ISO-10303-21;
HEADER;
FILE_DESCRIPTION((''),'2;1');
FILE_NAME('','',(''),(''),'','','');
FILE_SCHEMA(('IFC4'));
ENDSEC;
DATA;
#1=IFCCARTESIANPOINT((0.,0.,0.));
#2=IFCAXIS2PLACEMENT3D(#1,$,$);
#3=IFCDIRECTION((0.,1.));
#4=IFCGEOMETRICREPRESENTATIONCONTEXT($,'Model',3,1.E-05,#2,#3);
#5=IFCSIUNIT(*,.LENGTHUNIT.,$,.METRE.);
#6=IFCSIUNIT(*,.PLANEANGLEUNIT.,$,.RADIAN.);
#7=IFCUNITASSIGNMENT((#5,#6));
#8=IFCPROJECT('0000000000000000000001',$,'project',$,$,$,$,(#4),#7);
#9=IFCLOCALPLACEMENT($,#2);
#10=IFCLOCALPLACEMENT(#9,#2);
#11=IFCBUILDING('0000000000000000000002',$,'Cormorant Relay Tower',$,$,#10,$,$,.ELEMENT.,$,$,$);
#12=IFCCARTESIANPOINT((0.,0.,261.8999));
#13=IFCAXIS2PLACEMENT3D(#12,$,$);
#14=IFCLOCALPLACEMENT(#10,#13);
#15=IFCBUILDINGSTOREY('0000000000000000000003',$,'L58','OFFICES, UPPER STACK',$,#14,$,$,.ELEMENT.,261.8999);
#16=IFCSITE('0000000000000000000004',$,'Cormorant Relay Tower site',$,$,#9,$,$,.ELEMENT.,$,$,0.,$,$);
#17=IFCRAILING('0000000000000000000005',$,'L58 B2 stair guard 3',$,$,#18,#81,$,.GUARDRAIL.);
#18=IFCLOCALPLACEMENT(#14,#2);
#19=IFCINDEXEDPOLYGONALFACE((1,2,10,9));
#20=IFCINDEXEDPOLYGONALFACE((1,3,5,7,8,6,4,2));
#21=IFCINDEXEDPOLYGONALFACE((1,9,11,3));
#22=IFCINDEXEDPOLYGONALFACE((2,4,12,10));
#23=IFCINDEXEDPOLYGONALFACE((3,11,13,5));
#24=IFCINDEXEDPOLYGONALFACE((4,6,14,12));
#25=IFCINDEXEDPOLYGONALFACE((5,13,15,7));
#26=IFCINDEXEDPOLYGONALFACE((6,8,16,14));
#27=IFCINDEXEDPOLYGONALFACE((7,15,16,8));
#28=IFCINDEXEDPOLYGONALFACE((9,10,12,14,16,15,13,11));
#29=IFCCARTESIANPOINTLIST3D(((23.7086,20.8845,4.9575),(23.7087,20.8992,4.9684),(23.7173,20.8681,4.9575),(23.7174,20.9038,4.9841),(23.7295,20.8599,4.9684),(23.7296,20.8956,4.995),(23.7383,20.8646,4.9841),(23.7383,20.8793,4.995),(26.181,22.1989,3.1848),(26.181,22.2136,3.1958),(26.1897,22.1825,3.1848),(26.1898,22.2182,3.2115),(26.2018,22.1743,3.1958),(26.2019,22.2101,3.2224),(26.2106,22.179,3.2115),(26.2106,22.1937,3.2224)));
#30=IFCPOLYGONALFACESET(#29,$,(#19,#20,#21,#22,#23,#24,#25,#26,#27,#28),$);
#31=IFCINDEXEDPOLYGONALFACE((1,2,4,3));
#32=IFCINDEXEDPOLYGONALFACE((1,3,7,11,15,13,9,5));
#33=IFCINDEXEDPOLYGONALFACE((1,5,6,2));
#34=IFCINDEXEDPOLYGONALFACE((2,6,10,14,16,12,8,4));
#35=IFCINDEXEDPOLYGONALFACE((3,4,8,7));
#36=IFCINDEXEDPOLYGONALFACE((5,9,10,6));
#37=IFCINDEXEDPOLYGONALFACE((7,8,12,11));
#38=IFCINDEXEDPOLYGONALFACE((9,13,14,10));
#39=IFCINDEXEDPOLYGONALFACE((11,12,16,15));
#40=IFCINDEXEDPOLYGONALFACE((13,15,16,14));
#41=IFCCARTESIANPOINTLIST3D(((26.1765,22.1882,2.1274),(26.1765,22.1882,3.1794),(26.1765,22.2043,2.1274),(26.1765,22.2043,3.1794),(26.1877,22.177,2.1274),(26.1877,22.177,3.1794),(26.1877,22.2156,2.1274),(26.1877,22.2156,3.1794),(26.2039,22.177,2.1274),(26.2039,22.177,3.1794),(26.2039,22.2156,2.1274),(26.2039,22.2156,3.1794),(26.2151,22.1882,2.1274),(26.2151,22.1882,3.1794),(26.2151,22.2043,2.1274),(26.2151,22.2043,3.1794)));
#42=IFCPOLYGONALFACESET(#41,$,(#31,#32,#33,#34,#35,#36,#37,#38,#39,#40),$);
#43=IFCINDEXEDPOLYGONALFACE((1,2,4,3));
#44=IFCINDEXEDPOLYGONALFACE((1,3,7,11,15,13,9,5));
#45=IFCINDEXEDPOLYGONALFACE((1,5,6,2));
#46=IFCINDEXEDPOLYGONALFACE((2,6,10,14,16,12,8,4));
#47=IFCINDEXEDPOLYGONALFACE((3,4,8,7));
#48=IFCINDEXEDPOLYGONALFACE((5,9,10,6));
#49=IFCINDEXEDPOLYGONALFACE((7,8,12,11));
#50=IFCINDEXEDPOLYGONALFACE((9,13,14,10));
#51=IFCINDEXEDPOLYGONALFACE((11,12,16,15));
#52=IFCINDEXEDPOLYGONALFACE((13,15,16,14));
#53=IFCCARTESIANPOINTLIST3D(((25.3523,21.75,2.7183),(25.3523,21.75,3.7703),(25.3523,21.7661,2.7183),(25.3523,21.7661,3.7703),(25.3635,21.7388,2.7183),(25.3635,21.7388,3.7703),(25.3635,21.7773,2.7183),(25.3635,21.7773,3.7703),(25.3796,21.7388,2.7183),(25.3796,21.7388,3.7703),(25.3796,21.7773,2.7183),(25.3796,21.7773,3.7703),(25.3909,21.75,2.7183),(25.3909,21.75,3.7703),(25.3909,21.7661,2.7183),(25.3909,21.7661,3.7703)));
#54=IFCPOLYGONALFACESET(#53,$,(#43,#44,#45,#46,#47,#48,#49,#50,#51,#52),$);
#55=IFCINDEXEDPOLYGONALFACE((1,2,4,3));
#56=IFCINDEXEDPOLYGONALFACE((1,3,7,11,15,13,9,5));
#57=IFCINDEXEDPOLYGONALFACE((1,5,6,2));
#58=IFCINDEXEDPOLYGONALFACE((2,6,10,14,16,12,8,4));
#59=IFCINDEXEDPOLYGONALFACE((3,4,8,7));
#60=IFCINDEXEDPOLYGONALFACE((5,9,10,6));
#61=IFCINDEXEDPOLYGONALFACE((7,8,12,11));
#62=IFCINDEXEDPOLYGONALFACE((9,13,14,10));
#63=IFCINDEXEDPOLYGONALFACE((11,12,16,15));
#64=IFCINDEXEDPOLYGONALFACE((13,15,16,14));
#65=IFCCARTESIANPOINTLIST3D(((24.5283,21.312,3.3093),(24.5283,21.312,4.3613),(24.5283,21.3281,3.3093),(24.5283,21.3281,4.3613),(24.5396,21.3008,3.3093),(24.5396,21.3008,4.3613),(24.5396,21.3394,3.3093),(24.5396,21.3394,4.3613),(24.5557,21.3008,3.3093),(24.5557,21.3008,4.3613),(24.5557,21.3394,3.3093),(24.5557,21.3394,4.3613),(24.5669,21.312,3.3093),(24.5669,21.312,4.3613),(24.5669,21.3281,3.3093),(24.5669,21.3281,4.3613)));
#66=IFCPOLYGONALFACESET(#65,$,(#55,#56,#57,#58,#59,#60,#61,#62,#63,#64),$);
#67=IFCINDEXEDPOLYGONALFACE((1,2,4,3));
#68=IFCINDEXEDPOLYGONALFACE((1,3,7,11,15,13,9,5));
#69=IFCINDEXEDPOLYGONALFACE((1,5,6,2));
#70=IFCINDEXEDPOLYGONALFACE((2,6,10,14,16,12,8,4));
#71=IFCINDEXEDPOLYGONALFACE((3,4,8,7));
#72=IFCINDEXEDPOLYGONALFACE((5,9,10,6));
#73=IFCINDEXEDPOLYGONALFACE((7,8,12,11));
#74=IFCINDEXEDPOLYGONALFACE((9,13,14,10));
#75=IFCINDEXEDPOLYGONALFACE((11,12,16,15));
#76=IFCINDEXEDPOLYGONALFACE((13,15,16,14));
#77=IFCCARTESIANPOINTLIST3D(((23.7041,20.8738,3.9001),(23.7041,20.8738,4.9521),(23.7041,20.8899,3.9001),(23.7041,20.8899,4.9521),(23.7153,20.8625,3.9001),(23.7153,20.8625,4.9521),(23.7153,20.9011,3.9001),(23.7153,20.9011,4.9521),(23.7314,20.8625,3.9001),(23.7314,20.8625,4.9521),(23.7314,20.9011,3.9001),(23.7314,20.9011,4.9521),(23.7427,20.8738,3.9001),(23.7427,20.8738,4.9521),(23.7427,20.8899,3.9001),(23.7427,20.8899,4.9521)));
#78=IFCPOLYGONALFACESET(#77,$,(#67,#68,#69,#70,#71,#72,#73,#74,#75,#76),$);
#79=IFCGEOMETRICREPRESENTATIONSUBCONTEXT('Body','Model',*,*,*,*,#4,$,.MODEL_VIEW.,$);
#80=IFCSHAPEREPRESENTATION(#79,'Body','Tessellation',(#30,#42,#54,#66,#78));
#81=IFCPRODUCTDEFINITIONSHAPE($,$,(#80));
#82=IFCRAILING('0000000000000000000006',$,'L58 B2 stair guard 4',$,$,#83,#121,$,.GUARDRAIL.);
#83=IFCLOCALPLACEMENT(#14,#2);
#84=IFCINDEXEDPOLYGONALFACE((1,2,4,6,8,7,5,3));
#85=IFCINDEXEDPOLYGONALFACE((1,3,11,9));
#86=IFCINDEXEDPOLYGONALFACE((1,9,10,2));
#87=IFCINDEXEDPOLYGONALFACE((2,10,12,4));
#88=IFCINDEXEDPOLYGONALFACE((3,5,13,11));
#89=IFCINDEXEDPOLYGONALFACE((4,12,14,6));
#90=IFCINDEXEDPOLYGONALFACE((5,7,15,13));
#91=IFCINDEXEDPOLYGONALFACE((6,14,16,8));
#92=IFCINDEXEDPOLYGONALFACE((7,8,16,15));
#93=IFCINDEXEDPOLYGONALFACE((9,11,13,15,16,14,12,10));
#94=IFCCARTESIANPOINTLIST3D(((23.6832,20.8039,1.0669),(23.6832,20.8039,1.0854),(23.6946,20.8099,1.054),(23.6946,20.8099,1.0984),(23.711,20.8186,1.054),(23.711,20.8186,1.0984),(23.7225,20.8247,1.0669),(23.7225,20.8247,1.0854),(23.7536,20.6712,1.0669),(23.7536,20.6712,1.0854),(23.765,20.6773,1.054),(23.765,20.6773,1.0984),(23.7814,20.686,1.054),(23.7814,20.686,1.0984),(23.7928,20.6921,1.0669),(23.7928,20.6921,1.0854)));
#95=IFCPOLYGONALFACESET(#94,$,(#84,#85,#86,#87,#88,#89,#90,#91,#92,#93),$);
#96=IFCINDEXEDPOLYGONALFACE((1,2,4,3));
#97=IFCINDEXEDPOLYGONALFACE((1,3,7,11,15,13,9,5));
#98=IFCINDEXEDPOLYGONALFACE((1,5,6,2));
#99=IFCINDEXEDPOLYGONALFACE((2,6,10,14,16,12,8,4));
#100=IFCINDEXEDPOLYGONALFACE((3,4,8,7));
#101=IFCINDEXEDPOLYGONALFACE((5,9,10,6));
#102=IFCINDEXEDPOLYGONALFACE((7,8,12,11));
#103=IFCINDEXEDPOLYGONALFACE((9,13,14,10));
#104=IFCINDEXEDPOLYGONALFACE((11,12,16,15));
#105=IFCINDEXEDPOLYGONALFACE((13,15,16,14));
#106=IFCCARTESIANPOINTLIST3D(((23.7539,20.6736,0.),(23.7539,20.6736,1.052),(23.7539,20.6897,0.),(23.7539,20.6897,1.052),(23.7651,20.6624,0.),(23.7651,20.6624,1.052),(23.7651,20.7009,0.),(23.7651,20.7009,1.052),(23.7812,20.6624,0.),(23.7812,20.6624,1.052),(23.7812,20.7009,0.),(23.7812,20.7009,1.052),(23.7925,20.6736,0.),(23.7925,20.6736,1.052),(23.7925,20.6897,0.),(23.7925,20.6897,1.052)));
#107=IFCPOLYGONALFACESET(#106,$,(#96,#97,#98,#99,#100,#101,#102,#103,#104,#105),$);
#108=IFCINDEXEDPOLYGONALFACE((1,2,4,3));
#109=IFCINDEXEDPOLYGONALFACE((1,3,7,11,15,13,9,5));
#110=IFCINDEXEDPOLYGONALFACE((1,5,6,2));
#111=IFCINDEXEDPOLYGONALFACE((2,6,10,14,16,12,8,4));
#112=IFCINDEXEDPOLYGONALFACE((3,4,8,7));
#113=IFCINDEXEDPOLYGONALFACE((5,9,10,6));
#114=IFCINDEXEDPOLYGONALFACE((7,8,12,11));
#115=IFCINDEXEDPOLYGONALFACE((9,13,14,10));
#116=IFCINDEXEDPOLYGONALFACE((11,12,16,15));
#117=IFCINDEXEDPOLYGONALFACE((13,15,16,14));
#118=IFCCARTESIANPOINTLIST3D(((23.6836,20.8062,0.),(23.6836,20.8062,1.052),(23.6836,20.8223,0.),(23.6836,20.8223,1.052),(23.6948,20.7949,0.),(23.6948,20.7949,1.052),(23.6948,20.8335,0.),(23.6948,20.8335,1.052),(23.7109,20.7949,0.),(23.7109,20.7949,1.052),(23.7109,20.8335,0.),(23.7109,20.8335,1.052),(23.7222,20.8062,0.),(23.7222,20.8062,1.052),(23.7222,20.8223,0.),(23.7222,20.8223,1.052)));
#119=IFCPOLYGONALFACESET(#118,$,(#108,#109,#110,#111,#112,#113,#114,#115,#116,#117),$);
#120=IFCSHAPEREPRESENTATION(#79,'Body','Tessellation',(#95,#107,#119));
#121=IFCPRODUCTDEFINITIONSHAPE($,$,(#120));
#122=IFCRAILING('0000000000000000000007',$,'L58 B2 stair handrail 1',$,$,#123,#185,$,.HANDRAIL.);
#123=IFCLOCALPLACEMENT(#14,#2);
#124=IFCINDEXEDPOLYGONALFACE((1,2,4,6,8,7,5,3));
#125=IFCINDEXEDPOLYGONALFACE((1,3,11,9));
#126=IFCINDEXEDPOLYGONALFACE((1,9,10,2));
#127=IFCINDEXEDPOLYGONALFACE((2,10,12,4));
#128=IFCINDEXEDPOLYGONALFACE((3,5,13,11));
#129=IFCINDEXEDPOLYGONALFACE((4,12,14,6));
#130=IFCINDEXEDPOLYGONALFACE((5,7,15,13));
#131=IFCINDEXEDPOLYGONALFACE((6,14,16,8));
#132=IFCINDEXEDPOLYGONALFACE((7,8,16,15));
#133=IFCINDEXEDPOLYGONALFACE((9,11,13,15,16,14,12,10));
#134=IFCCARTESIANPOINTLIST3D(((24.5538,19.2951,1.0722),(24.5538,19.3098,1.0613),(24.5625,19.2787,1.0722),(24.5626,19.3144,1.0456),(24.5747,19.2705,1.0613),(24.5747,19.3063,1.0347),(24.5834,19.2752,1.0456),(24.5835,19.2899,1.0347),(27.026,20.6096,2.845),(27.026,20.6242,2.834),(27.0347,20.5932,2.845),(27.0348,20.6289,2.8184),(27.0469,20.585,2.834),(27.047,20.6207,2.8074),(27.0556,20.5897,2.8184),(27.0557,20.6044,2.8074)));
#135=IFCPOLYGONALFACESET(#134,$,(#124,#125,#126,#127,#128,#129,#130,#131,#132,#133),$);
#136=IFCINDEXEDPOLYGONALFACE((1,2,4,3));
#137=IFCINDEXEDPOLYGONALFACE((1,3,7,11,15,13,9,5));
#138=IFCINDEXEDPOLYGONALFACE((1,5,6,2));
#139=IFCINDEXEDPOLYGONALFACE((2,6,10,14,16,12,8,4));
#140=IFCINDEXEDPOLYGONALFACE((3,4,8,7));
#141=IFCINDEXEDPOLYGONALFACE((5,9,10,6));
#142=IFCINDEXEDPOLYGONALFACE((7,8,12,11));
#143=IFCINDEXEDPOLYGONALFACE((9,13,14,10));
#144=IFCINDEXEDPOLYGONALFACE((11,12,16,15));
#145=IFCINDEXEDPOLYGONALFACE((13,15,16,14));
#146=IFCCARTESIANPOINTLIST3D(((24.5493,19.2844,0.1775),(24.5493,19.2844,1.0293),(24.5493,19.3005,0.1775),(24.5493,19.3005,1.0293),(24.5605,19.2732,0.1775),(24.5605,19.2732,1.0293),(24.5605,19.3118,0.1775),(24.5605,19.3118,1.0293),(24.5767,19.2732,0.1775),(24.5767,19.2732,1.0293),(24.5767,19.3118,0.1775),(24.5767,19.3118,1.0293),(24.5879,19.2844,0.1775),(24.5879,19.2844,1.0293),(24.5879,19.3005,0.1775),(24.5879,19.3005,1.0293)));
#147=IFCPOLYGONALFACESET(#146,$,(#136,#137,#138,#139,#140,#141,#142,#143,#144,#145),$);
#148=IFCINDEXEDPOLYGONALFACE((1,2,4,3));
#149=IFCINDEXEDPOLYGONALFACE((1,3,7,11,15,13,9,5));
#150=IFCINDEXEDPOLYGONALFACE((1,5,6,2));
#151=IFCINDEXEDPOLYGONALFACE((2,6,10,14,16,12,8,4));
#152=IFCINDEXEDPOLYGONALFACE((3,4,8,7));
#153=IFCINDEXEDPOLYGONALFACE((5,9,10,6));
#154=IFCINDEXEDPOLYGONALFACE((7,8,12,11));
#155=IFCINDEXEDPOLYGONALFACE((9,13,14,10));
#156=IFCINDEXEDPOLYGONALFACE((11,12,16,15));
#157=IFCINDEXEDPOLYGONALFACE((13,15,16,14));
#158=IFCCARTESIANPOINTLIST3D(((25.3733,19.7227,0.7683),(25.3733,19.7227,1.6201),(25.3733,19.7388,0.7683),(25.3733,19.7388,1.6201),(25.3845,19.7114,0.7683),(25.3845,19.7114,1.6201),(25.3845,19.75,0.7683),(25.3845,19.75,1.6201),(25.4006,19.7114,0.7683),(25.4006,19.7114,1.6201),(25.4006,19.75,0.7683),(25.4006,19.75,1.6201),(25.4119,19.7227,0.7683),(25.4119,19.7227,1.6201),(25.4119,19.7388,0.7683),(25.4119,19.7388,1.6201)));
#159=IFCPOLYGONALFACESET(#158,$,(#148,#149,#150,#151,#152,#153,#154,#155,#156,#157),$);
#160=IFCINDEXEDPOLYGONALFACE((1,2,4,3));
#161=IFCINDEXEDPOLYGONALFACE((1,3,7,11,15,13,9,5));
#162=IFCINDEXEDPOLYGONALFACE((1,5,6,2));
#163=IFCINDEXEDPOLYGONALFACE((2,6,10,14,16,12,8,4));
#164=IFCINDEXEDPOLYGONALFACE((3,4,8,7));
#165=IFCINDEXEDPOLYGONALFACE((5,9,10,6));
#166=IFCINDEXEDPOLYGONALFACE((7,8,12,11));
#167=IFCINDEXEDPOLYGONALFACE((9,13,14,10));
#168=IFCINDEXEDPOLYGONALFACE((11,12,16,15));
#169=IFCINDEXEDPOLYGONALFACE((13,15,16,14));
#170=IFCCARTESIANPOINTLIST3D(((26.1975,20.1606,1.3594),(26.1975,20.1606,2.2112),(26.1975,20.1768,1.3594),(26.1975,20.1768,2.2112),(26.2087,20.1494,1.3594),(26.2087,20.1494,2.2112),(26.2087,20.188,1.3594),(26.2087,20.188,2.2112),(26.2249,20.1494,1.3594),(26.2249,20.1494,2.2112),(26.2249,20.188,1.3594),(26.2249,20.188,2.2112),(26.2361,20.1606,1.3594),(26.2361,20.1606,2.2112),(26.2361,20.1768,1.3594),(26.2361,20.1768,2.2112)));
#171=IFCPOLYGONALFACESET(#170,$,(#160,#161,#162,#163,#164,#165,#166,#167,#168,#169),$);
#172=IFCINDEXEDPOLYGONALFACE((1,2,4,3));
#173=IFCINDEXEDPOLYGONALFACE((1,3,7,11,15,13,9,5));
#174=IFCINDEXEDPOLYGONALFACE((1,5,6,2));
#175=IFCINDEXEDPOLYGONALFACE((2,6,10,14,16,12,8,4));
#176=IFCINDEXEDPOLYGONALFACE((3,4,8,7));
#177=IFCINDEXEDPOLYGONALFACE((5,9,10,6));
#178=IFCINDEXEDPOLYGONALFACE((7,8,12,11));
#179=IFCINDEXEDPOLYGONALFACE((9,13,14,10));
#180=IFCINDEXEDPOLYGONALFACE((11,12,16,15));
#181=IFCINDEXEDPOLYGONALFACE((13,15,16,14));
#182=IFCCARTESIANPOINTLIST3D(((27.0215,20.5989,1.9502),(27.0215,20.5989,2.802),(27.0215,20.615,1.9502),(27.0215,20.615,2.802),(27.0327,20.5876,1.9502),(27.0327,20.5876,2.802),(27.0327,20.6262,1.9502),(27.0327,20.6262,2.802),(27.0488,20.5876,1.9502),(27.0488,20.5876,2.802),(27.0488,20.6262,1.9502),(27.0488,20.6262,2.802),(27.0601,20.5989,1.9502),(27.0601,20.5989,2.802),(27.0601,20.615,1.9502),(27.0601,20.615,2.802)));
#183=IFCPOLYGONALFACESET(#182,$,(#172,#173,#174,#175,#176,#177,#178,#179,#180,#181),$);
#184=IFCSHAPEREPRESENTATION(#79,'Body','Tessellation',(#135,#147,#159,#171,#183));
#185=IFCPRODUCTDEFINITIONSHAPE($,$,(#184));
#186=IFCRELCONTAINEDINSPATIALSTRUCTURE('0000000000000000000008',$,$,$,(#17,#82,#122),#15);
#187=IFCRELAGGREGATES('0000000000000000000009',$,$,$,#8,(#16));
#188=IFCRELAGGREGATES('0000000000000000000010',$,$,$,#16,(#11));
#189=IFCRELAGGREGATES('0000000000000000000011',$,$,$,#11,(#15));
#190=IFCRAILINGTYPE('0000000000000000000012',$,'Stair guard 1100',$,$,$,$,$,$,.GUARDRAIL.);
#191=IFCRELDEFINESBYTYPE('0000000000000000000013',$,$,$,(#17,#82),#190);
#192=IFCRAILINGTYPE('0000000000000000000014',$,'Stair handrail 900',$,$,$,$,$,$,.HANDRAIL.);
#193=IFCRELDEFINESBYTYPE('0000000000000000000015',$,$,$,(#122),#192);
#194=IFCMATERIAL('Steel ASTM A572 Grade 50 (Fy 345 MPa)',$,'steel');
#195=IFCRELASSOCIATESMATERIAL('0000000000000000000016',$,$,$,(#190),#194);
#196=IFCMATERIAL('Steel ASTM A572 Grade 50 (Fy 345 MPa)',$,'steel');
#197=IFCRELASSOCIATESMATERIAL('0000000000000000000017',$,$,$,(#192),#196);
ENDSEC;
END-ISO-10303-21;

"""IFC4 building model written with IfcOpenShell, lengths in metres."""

from ifc_helpers import new_model, si_unit, direction, frame, origin, place, context, subcontext, project, spatial, polyline, outline, extrude, material, type_object, element, save


model = new_model("IFC4")

# Units and contexts
model_context = context("Model", 3, precision=1e-05, world=origin(), true_north=direction((0.0, 1.0)))
body_context = subcontext(model_context, "Body", "Model", "MODEL_VIEW")
ifc_project = project(units=[si_unit("LENGTHUNIT", "METRE"), si_unit("PLANEANGLEUNIT", "RADIAN")], contexts=[model_context])

# Site, building, storey
site_placement = place(None, origin())
site = spatial("IfcSite", under=ifc_project, at=site_placement, Name="Cormorant Relay Tower site", CompositionType="ELEMENT", RefElevation=0.0)
building_placement = place(site_placement, origin())
building = spatial("IfcBuilding", under=site, at=building_placement, Name="Cormorant Relay Tower", CompositionType="ELEMENT")
storey_placement = place(building_placement, frame((0.0, 0.0, 261.8999)))
storey = spatial("IfcBuildingStorey", under=building, at=storey_placement, Name="L58", Description="OFFICES, UPPER STACK", CompositionType="ELEMENT", Elevation=261.8999)

# Railings
ifc_material_1 = material(Name="Steel ASTM A572 Grade 50 (Fy 345 MPa)", Category="steel")
railing_type_1 = type_object("IfcRailingType", Name="Stair guard 1100", PredefinedType="GUARDRAIL", material=ifc_material_1)
railing_1_placement = place(storey_placement, frame((26.1958, 22.1963, 2.1274)))
element("IfcRailing", 1, at=railing_1_placement, inside=storey, type_object=railing_type_1, Name="L58 B2 stair guard 3", PredefinedType="GUARDRAIL", context=body_context, shape_type="SweptSolid", body=[
    extrude(outline(polyline([(0.0222, 0.0093), (0.0093, 0.0222), (-0.0093, 0.0222), (-0.0222, 0.0093), (-0.0222, -0.0093), (-0.0093, -0.0222), (0.0093, -0.0222), (0.0222, -0.0093), (0.0222, 0.0093)])), frame((0.0, 0.0, 1.0762), z_axis=(-0.746034, -0.396627, 0.534902), x_axis=(0.469429, -0.88297, 0.0)), (0.0, 0.0, 1.0), 3.314),
    extrude(outline(polyline([(0.0193, 0.0081), (0.0081, 0.0193), (-0.0081, 0.0193), (-0.0193, 0.0081), (-0.0193, -0.0081), (-0.0081, -0.0193), (0.0081, -0.0193), (0.0193, -0.0081), (0.0193, 0.0081)])), origin(), (0.0, 0.0, 1.0), 1.052),
    extrude(outline(polyline([(0.0193, 0.0081), (0.0081, 0.0193), (-0.0081, 0.0193), (-0.0193, 0.0081), (-0.0193, -0.0081), (-0.0081, -0.0193), (0.0081, -0.0193), (0.0193, -0.0081), (0.0193, 0.0081)])), frame((-0.8242, -0.4382, 0.5908)), (0.0, 0.0, 1.0), 1.052),
    extrude(outline(polyline([(0.0193, 0.0081), (0.0081, 0.0193), (-0.0081, 0.0193), (-0.0193, 0.0081), (-0.0193, -0.0081), (-0.0081, -0.0193), (0.0081, -0.0193), (0.0193, -0.0081), (0.0193, 0.0081)])), frame((-1.6482, -0.8762, 1.1819)), (0.0, 0.0, 1.0), 1.052),
    extrude(outline(polyline([(0.0193, 0.0081), (0.0081, 0.0193), (-0.0081, 0.0193), (-0.0193, 0.0081), (-0.0193, -0.0081), (-0.0081, -0.0193), (0.0081, -0.0193), (0.0193, -0.0081), (0.0193, 0.0081)])), frame((-2.4724, -1.3145, 1.7727)), (0.0, 0.0, 1.0), 1.052),
])
railing_2_placement = place(storey_placement, frame((23.7732, 20.6816, 0.0)))
element("IfcRailing", 2, at=railing_2_placement, inside=storey, type_object=railing_type_1, Name="L58 B2 stair guard 4", PredefinedType="GUARDRAIL", context=body_context, shape_type="SweptSolid", body=[
    extrude(outline(polyline([(0.0222, 0.0093), (0.0093, 0.0222), (-0.0093, 0.0222), (-0.0222, 0.0093), (-0.0222, -0.0093), (-0.0093, -0.0222), (0.0093, -0.0222), (0.0222, -0.0093), (0.0222, 0.0093)])), frame((0.0, 0.0, 1.0762), z_axis=(-0.46856, 0.883431, 0.0), x_axis=(-0.883431, -0.46856, 0.0)), (0.0, 0.0, 1.0), 0.1501),
    extrude(outline(polyline([(0.0193, 0.0081), (0.0081, 0.0193), (-0.0081, 0.0193), (-0.0193, 0.0081), (-0.0193, -0.0081), (-0.0081, -0.0193), (0.0081, -0.0193), (0.0193, -0.0081), (0.0193, 0.0081)])), origin(), (0.0, 0.0, 1.0), 1.052),
    extrude(outline(polyline([(0.0193, 0.0081), (0.0081, 0.0193), (-0.0081, 0.0193), (-0.0193, 0.0081), (-0.0193, -0.0081), (-0.0081, -0.0193), (0.0081, -0.0193), (0.0193, -0.0081), (0.0193, 0.0081)])), frame((-0.0703, 0.1326, 0.0)), (0.0, 0.0, 1.0), 1.052),
])
ifc_material_2 = material(Name="Steel ASTM A572 Grade 50 (Fy 345 MPa)", Category="steel")
railing_type_2 = type_object("IfcRailingType", Name="Stair handrail 900", PredefinedType="HANDRAIL", material=ifc_material_2)
railing_3_placement = place(storey_placement, frame((24.5686, 19.2925, 0.1775)))
element("IfcRailing", 3, at=railing_3_placement, inside=storey, type_object=railing_type_2, Name="L58 B2 stair handrail 1", PredefinedType="HANDRAIL", context=body_context, shape_type="SweptSolid", body=[
    extrude(outline(polyline([(0.0222, 0.0093), (0.0093, 0.0222), (-0.0093, 0.0222), (-0.0222, 0.0093), (-0.0222, -0.0093), (-0.0093, -0.0222), (0.0093, -0.0222), (0.0222, -0.0093), (0.0222, 0.0093)])), frame((0.0, 0.0, 0.876), z_axis=(0.746001, 0.396649, 0.534931), x_axis=(-0.469465, 0.882951, 0.0)), (0.0, 0.0, 1.0), 3.314),
    extrude(outline(polyline([(0.0193, 0.0081), (0.0081, 0.0193), (-0.0081, 0.0193), (-0.0193, 0.0081), (-0.0193, -0.0081), (-0.0081, -0.0193), (0.0081, -0.0193), (0.0193, -0.0081), (0.0193, 0.0081)])), origin(), (0.0, 0.0, 1.0), 0.8518),
    extrude(outline(polyline([(0.0193, 0.0081), (0.0081, 0.0193), (-0.0081, 0.0193), (-0.0193, 0.0081), (-0.0193, -0.0081), (-0.0081, -0.0193), (0.0081, -0.0193), (0.0193, -0.0081), (0.0193, 0.0081)])), frame((0.824, 0.4382, 0.5908)), (0.0, 0.0, 1.0), 0.8518),
    extrude(outline(polyline([(0.0193, 0.0081), (0.0081, 0.0193), (-0.0081, 0.0193), (-0.0193, 0.0081), (-0.0193, -0.0081), (-0.0081, -0.0193), (0.0081, -0.0193), (0.0193, -0.0081), (0.0193, 0.0081)])), frame((1.6482, 0.8762, 1.1819)), (0.0, 0.0, 1.0), 0.8518),
    extrude(outline(polyline([(0.0193, 0.0081), (0.0081, 0.0193), (-0.0081, 0.0193), (-0.0193, 0.0081), (-0.0193, -0.0081), (-0.0081, -0.0193), (0.0081, -0.0193), (0.0193, -0.0081), (0.0193, 0.0081)])), frame((2.4722, 1.3145, 1.7727)), (0.0, 0.0, 1.0), 0.8518),
])

save(model, "model.ifc")
